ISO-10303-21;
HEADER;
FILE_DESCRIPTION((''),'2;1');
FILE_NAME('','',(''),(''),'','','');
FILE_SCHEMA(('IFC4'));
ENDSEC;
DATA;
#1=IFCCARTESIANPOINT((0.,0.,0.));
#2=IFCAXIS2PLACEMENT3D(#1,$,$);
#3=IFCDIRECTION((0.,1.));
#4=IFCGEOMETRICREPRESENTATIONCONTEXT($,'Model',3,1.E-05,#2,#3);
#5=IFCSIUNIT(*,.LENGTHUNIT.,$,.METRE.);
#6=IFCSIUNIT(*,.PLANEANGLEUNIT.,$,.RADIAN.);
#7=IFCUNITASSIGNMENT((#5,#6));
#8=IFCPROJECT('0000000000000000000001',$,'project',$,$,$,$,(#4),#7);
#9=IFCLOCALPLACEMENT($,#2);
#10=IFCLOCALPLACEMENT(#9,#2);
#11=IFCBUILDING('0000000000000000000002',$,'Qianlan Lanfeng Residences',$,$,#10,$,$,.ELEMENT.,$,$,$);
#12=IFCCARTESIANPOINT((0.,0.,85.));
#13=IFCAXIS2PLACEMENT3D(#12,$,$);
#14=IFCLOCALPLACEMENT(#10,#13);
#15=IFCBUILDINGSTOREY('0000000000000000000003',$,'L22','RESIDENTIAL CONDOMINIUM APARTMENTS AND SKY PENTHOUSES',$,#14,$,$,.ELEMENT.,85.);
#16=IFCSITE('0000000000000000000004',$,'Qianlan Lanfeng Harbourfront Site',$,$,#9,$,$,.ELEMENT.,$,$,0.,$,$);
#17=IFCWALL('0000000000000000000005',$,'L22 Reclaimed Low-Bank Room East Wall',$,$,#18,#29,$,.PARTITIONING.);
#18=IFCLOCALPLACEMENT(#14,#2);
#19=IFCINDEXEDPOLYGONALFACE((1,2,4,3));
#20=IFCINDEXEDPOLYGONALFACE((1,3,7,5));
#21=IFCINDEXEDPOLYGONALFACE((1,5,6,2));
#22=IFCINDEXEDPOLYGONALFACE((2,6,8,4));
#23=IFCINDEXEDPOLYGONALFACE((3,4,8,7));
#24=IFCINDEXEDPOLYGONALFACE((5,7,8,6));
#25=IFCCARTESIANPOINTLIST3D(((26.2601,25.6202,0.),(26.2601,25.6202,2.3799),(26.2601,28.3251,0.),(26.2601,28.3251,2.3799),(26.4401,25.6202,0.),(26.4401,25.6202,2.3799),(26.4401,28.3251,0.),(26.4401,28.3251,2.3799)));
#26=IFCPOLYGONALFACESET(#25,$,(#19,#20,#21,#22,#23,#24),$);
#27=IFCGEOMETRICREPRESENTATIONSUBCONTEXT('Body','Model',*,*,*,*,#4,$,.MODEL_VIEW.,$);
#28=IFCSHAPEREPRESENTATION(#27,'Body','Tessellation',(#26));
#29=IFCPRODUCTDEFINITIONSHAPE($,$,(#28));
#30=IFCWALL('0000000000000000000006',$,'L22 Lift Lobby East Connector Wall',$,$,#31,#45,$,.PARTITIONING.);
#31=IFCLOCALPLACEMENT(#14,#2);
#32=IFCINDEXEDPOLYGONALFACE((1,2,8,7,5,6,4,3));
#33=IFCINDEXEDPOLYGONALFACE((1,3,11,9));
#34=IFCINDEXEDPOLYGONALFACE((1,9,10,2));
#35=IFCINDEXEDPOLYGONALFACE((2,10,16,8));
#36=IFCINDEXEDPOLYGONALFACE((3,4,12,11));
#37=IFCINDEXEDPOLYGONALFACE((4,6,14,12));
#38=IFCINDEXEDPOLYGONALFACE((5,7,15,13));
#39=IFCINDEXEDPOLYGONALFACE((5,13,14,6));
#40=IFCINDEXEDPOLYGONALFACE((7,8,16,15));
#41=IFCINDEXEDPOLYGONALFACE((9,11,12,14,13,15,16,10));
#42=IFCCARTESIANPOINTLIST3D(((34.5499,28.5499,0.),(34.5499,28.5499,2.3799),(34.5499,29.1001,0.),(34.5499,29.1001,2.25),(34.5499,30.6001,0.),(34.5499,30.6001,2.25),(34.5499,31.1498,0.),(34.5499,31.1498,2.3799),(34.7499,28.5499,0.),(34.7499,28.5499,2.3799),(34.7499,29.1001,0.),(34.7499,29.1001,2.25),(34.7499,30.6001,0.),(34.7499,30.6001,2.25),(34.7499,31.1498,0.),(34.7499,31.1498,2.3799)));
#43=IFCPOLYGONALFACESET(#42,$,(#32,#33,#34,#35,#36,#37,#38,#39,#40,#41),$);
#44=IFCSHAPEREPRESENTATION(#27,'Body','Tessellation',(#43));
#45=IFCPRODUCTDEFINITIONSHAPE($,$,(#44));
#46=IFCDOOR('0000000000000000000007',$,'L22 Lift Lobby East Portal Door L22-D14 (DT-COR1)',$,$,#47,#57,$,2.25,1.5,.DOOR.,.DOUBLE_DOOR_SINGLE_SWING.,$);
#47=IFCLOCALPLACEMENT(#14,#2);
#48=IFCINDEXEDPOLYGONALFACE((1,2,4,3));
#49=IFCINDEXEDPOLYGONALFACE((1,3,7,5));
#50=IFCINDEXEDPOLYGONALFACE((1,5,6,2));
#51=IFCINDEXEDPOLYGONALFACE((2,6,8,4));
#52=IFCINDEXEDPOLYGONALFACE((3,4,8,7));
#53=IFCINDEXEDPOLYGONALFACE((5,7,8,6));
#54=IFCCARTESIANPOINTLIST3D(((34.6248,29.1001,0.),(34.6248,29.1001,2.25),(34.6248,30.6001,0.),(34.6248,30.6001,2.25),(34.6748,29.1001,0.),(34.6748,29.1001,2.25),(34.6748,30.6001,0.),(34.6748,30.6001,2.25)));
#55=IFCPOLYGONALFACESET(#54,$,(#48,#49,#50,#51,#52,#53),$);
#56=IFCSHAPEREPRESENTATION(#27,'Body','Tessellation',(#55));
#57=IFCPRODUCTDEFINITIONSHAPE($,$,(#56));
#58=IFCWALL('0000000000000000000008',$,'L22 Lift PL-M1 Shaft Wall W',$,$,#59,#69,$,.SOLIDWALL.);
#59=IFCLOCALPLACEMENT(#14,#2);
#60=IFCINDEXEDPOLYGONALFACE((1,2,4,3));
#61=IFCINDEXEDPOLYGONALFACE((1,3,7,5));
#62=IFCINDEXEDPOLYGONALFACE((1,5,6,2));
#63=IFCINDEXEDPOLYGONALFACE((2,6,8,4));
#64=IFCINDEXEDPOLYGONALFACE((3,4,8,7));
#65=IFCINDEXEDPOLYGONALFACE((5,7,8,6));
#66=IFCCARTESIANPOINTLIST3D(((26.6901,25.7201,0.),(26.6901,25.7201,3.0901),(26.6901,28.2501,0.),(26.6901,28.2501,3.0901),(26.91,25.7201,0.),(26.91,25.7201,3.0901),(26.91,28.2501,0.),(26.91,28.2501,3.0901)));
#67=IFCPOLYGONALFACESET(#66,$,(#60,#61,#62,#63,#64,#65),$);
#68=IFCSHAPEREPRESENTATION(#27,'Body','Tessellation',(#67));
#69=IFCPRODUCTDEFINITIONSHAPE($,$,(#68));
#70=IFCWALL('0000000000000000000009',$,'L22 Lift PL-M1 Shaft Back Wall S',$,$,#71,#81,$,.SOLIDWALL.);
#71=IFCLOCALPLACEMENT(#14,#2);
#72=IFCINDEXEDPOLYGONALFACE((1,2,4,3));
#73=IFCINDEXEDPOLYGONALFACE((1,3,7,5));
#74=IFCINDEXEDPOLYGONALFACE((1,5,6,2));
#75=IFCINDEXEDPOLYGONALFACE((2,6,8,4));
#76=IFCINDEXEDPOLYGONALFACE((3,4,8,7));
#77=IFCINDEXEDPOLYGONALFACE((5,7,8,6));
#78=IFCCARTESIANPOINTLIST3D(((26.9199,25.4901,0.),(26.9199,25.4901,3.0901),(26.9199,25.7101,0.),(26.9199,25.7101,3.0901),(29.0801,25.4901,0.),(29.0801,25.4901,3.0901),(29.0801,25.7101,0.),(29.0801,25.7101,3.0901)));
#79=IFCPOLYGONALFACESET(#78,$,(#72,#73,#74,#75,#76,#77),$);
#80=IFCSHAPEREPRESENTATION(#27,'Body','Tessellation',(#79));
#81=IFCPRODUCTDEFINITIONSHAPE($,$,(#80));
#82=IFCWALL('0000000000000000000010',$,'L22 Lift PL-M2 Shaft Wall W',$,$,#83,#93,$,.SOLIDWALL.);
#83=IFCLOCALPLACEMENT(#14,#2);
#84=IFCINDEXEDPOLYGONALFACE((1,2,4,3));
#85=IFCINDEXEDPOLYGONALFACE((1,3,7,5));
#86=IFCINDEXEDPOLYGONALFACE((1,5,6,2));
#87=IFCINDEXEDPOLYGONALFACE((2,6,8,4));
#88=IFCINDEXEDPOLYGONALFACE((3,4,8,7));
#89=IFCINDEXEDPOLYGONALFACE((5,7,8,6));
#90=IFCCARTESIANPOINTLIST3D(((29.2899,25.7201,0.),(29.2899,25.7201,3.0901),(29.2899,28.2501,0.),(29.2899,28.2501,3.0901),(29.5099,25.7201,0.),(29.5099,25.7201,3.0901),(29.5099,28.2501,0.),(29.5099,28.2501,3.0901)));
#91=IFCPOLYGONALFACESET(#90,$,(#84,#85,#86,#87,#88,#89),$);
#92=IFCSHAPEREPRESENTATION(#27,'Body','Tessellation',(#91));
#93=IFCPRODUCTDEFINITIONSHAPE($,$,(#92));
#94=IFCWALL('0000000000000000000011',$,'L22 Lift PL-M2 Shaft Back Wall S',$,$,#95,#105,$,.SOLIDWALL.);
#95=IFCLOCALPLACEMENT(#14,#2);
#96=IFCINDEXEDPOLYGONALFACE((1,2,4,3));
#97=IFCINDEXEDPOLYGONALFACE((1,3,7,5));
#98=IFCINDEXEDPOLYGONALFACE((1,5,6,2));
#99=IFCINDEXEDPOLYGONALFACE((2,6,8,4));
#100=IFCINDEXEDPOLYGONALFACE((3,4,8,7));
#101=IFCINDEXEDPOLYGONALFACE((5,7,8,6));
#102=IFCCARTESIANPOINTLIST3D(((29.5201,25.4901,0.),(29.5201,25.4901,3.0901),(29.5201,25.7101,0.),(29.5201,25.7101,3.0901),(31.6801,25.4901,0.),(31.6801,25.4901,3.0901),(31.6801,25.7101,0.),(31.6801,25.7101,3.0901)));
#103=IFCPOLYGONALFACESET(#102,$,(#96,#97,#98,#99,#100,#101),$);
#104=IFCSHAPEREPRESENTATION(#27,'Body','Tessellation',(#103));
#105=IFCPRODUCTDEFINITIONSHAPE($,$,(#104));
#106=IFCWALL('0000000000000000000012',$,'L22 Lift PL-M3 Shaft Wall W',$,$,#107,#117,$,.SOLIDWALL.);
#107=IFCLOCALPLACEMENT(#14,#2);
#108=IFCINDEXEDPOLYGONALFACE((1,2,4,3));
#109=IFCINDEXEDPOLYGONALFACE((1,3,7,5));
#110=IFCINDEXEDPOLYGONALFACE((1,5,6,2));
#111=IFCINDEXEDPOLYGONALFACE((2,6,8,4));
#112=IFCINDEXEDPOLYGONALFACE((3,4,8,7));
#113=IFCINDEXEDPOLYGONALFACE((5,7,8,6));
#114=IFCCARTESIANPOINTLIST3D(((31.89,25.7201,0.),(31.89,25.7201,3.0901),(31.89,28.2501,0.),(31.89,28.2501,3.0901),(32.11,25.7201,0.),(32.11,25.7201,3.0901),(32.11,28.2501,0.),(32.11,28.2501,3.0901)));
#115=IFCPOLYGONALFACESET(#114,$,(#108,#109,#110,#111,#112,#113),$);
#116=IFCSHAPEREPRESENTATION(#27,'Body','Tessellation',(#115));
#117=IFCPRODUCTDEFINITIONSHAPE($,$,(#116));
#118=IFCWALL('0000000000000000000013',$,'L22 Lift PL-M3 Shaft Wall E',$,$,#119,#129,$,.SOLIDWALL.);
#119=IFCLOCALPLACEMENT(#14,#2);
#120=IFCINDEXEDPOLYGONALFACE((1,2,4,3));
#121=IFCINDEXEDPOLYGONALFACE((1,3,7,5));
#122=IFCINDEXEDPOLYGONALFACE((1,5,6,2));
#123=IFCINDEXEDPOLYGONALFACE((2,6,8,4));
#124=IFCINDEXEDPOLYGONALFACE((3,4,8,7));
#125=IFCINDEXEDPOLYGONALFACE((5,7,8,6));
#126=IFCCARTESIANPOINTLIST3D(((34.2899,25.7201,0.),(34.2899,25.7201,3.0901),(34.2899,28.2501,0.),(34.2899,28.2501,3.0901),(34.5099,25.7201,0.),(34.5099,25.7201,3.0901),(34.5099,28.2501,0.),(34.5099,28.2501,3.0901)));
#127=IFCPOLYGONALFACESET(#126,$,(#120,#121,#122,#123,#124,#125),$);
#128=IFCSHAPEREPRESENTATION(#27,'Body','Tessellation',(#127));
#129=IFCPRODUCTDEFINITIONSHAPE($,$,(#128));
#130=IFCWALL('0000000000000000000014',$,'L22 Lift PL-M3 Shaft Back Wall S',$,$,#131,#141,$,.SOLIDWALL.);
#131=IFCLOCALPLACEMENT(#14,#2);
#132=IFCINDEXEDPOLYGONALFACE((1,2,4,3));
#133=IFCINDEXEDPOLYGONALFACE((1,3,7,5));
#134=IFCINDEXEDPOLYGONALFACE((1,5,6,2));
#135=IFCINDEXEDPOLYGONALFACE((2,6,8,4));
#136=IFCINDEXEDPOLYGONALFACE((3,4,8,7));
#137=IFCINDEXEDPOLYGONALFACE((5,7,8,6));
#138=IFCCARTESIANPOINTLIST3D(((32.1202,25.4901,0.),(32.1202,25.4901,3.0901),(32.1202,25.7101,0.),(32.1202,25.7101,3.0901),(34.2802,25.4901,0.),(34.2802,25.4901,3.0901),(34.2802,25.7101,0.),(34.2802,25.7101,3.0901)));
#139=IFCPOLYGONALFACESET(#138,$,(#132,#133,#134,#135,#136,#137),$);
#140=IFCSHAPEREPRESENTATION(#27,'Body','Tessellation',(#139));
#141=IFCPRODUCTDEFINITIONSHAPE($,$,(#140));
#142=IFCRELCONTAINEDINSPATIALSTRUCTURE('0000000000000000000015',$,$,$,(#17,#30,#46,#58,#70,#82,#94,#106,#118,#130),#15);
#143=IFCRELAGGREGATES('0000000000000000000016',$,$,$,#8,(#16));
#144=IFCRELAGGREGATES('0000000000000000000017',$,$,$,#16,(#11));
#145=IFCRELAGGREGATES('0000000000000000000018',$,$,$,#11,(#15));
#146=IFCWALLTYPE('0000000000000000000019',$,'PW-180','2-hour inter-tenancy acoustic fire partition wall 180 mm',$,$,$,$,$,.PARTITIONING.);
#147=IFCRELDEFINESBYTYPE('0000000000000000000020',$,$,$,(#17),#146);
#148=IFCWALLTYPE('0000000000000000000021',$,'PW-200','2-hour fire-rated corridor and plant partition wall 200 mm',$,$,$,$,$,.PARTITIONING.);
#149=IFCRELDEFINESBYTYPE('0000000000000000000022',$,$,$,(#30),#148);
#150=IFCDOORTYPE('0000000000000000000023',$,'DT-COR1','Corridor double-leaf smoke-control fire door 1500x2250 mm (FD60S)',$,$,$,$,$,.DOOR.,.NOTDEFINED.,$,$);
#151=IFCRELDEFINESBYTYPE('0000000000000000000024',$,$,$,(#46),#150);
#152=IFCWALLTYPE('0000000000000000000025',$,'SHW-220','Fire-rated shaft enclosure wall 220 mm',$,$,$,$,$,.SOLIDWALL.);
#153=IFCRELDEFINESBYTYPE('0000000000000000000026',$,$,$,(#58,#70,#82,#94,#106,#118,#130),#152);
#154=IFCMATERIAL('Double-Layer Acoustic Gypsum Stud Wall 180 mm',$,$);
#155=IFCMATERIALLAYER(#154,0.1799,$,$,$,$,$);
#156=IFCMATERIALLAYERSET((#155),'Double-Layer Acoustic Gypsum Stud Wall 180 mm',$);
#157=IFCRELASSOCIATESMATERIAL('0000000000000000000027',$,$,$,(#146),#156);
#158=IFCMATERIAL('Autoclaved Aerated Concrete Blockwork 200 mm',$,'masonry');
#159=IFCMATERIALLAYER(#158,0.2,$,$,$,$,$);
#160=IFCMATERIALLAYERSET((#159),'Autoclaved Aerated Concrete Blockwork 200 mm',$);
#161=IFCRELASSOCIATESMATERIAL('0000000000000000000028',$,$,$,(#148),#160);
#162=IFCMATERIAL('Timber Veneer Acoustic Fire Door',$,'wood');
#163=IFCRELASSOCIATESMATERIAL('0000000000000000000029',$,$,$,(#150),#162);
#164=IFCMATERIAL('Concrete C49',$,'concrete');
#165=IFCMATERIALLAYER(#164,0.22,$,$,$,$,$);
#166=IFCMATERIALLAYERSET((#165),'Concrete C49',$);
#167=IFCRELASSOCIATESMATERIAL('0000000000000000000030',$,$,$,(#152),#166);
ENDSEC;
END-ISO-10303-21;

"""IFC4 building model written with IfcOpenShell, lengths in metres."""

from ifc_helpers import new_model, si_unit, direction, frame, frame_2d, origin, place, context, subcontext, project, spatial, rectangle, extrude, material, layer, layer_set, type_object, element, fill, save


model = new_model("IFC4")

# Units and contexts
model_context = context("Model", 3, precision=1e-05, world=origin(), true_north=direction((0.0, 1.0)))
body_context = subcontext(model_context, "Body", "Model", "MODEL_VIEW")
ifc_project = project(units=[si_unit("LENGTHUNIT", "METRE"), si_unit("PLANEANGLEUNIT", "RADIAN")], contexts=[model_context])

# Site, building, storey
site_placement = place(None, origin())
site = spatial("IfcSite", under=ifc_project, at=site_placement, Name="Qianlan Lanfeng Harbourfront Site", CompositionType="ELEMENT", RefElevation=0.0)
building_placement = place(site_placement, origin())
building = spatial("IfcBuilding", under=site, at=building_placement, Name="Qianlan Lanfeng Residences", CompositionType="ELEMENT")
storey_placement = place(building_placement, frame((0.0, 0.0, 85.0)))
storey = spatial("IfcBuildingStorey", under=building, at=storey_placement, Name="L22", Description="RESIDENTIAL CONDOMINIUM APARTMENTS AND SKY PENTHOUSES", CompositionType="ELEMENT", Elevation=85.0)

# Shared definitions
ifc_material_1 = material(Name="Double-Layer Acoustic Gypsum Stud Wall 180 mm")
ifc_layer_1 = layer(ifc_material_1, 0.1799)
ifc_layer_set_1 = layer_set([ifc_layer_1], Name="Double-Layer Acoustic Gypsum Stud Wall 180 mm")
wall_type_1 = type_object("IfcWallType", Name="PW-180", Description="2-hour inter-tenancy acoustic fire partition wall 180 mm", PredefinedType="PARTITIONING", material=ifc_layer_set_1)

# Wall
wall_1_placement = place(storey_placement, frame((26.3501, 25.6201, 0.0), z_axis=(0.0, 0.0, 1.0), x_axis=(0.0, 1.0, 0.0)))
element("IfcWall", 1, at=wall_1_placement, inside=storey, type_object=wall_type_1, Name="L22 Reclaimed Low-Bank Room East Wall", PredefinedType="PARTITIONING", context=body_context, shape_type="SweptSolid", body=[
    extrude(rectangle(XDim=2.7048, YDim=0.1799, at=frame_2d((1.3525, 0.0))), origin(), (0.0, 0.0, 1.0), 2.3799),
])

# Wall, opening, door
ifc_material_2 = material(Name="Autoclaved Aerated Concrete Blockwork 200 mm", Category="masonry")
ifc_layer_2 = layer(ifc_material_2, 0.2)
ifc_layer_set_2 = layer_set([ifc_layer_2], Name="Autoclaved Aerated Concrete Blockwork 200 mm")
wall_type_2 = type_object("IfcWallType", Name="PW-200", Description="2-hour fire-rated corridor and plant partition wall 200 mm", PredefinedType="PARTITIONING", material=ifc_layer_set_2)
wall_2_placement = place(storey_placement, frame((34.6499, 28.55, 0.0), z_axis=(0.0, 0.0, 1.0), x_axis=(0.0, 1.0, 0.0)))
wall_2 = element("IfcWall", 2, at=wall_2_placement, inside=storey, type_object=wall_type_2, Name="L22 Lift Lobby East Connector Wall", PredefinedType="PARTITIONING", context=body_context, shape_type="SweptSolid", body=[
    extrude(rectangle(XDim=2.5999, YDim=0.2, at=frame_2d((1.2998, 0.0))), origin(), (0.0, 0.0, 1.0), 2.3799),
])
opening_1_placement = place(wall_2_placement, frame((0.55, 0.0, 0.0)))
opening_1 = element("IfcOpeningElement", 3, at=opening_1_placement, cuts=wall_2, PredefinedType="OPENING", context=body_context, shape_type="SweptSolid", body=[
    extrude(rectangle(XDim=1.5, YDim=2.25, at=frame_2d((0.75, 1.125))), frame((0.0, 0.1099, 0.0), z_axis=(0.0, -1.0, 0.0), x_axis=(1.0, 0.0, 0.0)), (0.0, 0.0, 1.0), 0.22),
])
ifc_material_3 = material(Name="Timber Veneer Acoustic Fire Door", Category="wood")
door_type_1 = type_object("IfcDoorType", Name="DT-COR1", Description="Corridor double-leaf smoke-control fire door 1500x2250 mm (FD60S)", OperationType="NOTDEFINED", PredefinedType="DOOR", material=ifc_material_3)
door_1_placement = place(opening_1_placement, frame((1.5, 0.0, 0.0), z_axis=(0.0, 0.0, 1.0), x_axis=(-1.0, 0.0, 0.0)))
door_1 = element("IfcDoor", 4, at=door_1_placement, inside=storey, type_object=door_type_1, Name="L22 Lift Lobby East Portal Door L22-D14 (DT-COR1)", OperationType="DOUBLE_DOOR_SINGLE_SWING", OverallHeight=2.25, OverallWidth=1.5, PredefinedType="DOOR", context=body_context, shape_type="SweptSolid", body=[
    extrude(rectangle(XDim=1.5, YDim=2.25, at=frame_2d((0.75, 1.125))), frame((0.0, 0.0249, 0.0), z_axis=(0.0, -1.0, 0.0), x_axis=(1.0, 0.0, 0.0)), (0.0, 0.0, 1.0), 0.05),
])
fill(opening_1, door_1)

# Walls
ifc_material_4 = material(Name="Concrete C49", Category="concrete")
ifc_layer_3 = layer(ifc_material_4, 0.22)
ifc_layer_set_3 = layer_set([ifc_layer_3], Name="Concrete C49")
wall_type_3 = type_object("IfcWallType", Name="SHW-220", Description="Fire-rated shaft enclosure wall 220 mm", PredefinedType="SOLIDWALL", material=ifc_layer_set_3)
wall_3_placement = place(storey_placement, frame((26.8, 25.72, 0.0), z_axis=(0.0, 0.0, 1.0), x_axis=(0.0, 1.0, 0.0)))
element("IfcWall", 5, at=wall_3_placement, inside=storey, type_object=wall_type_3, Name="L22 Lift PL-M1 Shaft Wall W", PredefinedType="SOLIDWALL", context=body_context, shape_type="SweptSolid", body=[
    extrude(rectangle(XDim=2.53, YDim=0.22, at=frame_2d((1.2651, 0.0))), origin(), (0.0, 0.0, 1.0), 3.0901),
])
wall_4_placement = place(storey_placement, frame((26.9199, 25.6001, 0.0), z_axis=(0.0, 0.0, 1.0), x_axis=(1.0, 0.0, 0.0)))
element("IfcWall", 6, at=wall_4_placement, inside=storey, type_object=wall_type_3, Name="L22 Lift PL-M1 Shaft Back Wall S", PredefinedType="SOLIDWALL", context=body_context, shape_type="SweptSolid", body=[
    extrude(rectangle(XDim=2.1602, YDim=0.22, at=frame_2d((1.0801, 0.0))), origin(), (0.0, 0.0, 1.0), 3.0901),
])
wall_5_placement = place(storey_placement, frame((29.3999, 25.72, 0.0), z_axis=(0.0, 0.0, 1.0), x_axis=(0.0, 1.0, 0.0)))
element("IfcWall", 7, at=wall_5_placement, inside=storey, type_object=wall_type_3, Name="L22 Lift PL-M2 Shaft Wall W", PredefinedType="SOLIDWALL", context=body_context, shape_type="SweptSolid", body=[
    extrude(rectangle(XDim=2.53, YDim=0.22, at=frame_2d((1.2651, 0.0))), origin(), (0.0, 0.0, 1.0), 3.0901),
])
wall_6_placement = place(storey_placement, frame((29.52, 25.6001, 0.0), z_axis=(0.0, 0.0, 1.0), x_axis=(1.0, 0.0, 0.0)))
element("IfcWall", 8, at=wall_6_placement, inside=storey, type_object=wall_type_3, Name="L22 Lift PL-M2 Shaft Back Wall S", PredefinedType="SOLIDWALL", context=body_context, shape_type="SweptSolid", body=[
    extrude(rectangle(XDim=2.1599, YDim=0.22, at=frame_2d((1.0801, 0.0))), origin(), (0.0, 0.0, 1.0), 3.0901),
])
for number, where, z_axis, x_axis, name in (
    (9, (32.0, 25.72, 0.0), (0.0, 0.0, 1.0), (0.0, 1.0, 0.0), "L22 Lift PL-M3 Shaft Wall W"),
    (10, (34.3999, 25.72, 0.0), (0.0, 0.0, 1.0), (0.0, 1.0, 0.0), "L22 Lift PL-M3 Shaft Wall E"),
):
    element("IfcWall", number, at=place(storey_placement, frame(where, z_axis=z_axis, x_axis=x_axis)), inside=storey, type_object=wall_type_3, Name=name, PredefinedType="SOLIDWALL", context=body_context, shape_type="SweptSolid", body=[
        extrude(rectangle(XDim=2.53, YDim=0.22, at=frame_2d((1.2651, 0.0))), origin(), (0.0, 0.0, 1.0), 3.0901),
    ])
wall_7_placement = place(storey_placement, frame((32.1201, 25.6001, 0.0), z_axis=(0.0, 0.0, 1.0), x_axis=(1.0, 0.0, 0.0)))
element("IfcWall", 11, at=wall_7_placement, inside=storey, type_object=wall_type_3, Name="L22 Lift PL-M3 Shaft Back Wall S", PredefinedType="SOLIDWALL", context=body_context, shape_type="SweptSolid", body=[
    extrude(rectangle(XDim=2.1599, YDim=0.22, at=frame_2d((1.0801, 0.0))), origin(), (0.0, 0.0, 1.0), 3.0901),
])

save(model, "model.ifc")
